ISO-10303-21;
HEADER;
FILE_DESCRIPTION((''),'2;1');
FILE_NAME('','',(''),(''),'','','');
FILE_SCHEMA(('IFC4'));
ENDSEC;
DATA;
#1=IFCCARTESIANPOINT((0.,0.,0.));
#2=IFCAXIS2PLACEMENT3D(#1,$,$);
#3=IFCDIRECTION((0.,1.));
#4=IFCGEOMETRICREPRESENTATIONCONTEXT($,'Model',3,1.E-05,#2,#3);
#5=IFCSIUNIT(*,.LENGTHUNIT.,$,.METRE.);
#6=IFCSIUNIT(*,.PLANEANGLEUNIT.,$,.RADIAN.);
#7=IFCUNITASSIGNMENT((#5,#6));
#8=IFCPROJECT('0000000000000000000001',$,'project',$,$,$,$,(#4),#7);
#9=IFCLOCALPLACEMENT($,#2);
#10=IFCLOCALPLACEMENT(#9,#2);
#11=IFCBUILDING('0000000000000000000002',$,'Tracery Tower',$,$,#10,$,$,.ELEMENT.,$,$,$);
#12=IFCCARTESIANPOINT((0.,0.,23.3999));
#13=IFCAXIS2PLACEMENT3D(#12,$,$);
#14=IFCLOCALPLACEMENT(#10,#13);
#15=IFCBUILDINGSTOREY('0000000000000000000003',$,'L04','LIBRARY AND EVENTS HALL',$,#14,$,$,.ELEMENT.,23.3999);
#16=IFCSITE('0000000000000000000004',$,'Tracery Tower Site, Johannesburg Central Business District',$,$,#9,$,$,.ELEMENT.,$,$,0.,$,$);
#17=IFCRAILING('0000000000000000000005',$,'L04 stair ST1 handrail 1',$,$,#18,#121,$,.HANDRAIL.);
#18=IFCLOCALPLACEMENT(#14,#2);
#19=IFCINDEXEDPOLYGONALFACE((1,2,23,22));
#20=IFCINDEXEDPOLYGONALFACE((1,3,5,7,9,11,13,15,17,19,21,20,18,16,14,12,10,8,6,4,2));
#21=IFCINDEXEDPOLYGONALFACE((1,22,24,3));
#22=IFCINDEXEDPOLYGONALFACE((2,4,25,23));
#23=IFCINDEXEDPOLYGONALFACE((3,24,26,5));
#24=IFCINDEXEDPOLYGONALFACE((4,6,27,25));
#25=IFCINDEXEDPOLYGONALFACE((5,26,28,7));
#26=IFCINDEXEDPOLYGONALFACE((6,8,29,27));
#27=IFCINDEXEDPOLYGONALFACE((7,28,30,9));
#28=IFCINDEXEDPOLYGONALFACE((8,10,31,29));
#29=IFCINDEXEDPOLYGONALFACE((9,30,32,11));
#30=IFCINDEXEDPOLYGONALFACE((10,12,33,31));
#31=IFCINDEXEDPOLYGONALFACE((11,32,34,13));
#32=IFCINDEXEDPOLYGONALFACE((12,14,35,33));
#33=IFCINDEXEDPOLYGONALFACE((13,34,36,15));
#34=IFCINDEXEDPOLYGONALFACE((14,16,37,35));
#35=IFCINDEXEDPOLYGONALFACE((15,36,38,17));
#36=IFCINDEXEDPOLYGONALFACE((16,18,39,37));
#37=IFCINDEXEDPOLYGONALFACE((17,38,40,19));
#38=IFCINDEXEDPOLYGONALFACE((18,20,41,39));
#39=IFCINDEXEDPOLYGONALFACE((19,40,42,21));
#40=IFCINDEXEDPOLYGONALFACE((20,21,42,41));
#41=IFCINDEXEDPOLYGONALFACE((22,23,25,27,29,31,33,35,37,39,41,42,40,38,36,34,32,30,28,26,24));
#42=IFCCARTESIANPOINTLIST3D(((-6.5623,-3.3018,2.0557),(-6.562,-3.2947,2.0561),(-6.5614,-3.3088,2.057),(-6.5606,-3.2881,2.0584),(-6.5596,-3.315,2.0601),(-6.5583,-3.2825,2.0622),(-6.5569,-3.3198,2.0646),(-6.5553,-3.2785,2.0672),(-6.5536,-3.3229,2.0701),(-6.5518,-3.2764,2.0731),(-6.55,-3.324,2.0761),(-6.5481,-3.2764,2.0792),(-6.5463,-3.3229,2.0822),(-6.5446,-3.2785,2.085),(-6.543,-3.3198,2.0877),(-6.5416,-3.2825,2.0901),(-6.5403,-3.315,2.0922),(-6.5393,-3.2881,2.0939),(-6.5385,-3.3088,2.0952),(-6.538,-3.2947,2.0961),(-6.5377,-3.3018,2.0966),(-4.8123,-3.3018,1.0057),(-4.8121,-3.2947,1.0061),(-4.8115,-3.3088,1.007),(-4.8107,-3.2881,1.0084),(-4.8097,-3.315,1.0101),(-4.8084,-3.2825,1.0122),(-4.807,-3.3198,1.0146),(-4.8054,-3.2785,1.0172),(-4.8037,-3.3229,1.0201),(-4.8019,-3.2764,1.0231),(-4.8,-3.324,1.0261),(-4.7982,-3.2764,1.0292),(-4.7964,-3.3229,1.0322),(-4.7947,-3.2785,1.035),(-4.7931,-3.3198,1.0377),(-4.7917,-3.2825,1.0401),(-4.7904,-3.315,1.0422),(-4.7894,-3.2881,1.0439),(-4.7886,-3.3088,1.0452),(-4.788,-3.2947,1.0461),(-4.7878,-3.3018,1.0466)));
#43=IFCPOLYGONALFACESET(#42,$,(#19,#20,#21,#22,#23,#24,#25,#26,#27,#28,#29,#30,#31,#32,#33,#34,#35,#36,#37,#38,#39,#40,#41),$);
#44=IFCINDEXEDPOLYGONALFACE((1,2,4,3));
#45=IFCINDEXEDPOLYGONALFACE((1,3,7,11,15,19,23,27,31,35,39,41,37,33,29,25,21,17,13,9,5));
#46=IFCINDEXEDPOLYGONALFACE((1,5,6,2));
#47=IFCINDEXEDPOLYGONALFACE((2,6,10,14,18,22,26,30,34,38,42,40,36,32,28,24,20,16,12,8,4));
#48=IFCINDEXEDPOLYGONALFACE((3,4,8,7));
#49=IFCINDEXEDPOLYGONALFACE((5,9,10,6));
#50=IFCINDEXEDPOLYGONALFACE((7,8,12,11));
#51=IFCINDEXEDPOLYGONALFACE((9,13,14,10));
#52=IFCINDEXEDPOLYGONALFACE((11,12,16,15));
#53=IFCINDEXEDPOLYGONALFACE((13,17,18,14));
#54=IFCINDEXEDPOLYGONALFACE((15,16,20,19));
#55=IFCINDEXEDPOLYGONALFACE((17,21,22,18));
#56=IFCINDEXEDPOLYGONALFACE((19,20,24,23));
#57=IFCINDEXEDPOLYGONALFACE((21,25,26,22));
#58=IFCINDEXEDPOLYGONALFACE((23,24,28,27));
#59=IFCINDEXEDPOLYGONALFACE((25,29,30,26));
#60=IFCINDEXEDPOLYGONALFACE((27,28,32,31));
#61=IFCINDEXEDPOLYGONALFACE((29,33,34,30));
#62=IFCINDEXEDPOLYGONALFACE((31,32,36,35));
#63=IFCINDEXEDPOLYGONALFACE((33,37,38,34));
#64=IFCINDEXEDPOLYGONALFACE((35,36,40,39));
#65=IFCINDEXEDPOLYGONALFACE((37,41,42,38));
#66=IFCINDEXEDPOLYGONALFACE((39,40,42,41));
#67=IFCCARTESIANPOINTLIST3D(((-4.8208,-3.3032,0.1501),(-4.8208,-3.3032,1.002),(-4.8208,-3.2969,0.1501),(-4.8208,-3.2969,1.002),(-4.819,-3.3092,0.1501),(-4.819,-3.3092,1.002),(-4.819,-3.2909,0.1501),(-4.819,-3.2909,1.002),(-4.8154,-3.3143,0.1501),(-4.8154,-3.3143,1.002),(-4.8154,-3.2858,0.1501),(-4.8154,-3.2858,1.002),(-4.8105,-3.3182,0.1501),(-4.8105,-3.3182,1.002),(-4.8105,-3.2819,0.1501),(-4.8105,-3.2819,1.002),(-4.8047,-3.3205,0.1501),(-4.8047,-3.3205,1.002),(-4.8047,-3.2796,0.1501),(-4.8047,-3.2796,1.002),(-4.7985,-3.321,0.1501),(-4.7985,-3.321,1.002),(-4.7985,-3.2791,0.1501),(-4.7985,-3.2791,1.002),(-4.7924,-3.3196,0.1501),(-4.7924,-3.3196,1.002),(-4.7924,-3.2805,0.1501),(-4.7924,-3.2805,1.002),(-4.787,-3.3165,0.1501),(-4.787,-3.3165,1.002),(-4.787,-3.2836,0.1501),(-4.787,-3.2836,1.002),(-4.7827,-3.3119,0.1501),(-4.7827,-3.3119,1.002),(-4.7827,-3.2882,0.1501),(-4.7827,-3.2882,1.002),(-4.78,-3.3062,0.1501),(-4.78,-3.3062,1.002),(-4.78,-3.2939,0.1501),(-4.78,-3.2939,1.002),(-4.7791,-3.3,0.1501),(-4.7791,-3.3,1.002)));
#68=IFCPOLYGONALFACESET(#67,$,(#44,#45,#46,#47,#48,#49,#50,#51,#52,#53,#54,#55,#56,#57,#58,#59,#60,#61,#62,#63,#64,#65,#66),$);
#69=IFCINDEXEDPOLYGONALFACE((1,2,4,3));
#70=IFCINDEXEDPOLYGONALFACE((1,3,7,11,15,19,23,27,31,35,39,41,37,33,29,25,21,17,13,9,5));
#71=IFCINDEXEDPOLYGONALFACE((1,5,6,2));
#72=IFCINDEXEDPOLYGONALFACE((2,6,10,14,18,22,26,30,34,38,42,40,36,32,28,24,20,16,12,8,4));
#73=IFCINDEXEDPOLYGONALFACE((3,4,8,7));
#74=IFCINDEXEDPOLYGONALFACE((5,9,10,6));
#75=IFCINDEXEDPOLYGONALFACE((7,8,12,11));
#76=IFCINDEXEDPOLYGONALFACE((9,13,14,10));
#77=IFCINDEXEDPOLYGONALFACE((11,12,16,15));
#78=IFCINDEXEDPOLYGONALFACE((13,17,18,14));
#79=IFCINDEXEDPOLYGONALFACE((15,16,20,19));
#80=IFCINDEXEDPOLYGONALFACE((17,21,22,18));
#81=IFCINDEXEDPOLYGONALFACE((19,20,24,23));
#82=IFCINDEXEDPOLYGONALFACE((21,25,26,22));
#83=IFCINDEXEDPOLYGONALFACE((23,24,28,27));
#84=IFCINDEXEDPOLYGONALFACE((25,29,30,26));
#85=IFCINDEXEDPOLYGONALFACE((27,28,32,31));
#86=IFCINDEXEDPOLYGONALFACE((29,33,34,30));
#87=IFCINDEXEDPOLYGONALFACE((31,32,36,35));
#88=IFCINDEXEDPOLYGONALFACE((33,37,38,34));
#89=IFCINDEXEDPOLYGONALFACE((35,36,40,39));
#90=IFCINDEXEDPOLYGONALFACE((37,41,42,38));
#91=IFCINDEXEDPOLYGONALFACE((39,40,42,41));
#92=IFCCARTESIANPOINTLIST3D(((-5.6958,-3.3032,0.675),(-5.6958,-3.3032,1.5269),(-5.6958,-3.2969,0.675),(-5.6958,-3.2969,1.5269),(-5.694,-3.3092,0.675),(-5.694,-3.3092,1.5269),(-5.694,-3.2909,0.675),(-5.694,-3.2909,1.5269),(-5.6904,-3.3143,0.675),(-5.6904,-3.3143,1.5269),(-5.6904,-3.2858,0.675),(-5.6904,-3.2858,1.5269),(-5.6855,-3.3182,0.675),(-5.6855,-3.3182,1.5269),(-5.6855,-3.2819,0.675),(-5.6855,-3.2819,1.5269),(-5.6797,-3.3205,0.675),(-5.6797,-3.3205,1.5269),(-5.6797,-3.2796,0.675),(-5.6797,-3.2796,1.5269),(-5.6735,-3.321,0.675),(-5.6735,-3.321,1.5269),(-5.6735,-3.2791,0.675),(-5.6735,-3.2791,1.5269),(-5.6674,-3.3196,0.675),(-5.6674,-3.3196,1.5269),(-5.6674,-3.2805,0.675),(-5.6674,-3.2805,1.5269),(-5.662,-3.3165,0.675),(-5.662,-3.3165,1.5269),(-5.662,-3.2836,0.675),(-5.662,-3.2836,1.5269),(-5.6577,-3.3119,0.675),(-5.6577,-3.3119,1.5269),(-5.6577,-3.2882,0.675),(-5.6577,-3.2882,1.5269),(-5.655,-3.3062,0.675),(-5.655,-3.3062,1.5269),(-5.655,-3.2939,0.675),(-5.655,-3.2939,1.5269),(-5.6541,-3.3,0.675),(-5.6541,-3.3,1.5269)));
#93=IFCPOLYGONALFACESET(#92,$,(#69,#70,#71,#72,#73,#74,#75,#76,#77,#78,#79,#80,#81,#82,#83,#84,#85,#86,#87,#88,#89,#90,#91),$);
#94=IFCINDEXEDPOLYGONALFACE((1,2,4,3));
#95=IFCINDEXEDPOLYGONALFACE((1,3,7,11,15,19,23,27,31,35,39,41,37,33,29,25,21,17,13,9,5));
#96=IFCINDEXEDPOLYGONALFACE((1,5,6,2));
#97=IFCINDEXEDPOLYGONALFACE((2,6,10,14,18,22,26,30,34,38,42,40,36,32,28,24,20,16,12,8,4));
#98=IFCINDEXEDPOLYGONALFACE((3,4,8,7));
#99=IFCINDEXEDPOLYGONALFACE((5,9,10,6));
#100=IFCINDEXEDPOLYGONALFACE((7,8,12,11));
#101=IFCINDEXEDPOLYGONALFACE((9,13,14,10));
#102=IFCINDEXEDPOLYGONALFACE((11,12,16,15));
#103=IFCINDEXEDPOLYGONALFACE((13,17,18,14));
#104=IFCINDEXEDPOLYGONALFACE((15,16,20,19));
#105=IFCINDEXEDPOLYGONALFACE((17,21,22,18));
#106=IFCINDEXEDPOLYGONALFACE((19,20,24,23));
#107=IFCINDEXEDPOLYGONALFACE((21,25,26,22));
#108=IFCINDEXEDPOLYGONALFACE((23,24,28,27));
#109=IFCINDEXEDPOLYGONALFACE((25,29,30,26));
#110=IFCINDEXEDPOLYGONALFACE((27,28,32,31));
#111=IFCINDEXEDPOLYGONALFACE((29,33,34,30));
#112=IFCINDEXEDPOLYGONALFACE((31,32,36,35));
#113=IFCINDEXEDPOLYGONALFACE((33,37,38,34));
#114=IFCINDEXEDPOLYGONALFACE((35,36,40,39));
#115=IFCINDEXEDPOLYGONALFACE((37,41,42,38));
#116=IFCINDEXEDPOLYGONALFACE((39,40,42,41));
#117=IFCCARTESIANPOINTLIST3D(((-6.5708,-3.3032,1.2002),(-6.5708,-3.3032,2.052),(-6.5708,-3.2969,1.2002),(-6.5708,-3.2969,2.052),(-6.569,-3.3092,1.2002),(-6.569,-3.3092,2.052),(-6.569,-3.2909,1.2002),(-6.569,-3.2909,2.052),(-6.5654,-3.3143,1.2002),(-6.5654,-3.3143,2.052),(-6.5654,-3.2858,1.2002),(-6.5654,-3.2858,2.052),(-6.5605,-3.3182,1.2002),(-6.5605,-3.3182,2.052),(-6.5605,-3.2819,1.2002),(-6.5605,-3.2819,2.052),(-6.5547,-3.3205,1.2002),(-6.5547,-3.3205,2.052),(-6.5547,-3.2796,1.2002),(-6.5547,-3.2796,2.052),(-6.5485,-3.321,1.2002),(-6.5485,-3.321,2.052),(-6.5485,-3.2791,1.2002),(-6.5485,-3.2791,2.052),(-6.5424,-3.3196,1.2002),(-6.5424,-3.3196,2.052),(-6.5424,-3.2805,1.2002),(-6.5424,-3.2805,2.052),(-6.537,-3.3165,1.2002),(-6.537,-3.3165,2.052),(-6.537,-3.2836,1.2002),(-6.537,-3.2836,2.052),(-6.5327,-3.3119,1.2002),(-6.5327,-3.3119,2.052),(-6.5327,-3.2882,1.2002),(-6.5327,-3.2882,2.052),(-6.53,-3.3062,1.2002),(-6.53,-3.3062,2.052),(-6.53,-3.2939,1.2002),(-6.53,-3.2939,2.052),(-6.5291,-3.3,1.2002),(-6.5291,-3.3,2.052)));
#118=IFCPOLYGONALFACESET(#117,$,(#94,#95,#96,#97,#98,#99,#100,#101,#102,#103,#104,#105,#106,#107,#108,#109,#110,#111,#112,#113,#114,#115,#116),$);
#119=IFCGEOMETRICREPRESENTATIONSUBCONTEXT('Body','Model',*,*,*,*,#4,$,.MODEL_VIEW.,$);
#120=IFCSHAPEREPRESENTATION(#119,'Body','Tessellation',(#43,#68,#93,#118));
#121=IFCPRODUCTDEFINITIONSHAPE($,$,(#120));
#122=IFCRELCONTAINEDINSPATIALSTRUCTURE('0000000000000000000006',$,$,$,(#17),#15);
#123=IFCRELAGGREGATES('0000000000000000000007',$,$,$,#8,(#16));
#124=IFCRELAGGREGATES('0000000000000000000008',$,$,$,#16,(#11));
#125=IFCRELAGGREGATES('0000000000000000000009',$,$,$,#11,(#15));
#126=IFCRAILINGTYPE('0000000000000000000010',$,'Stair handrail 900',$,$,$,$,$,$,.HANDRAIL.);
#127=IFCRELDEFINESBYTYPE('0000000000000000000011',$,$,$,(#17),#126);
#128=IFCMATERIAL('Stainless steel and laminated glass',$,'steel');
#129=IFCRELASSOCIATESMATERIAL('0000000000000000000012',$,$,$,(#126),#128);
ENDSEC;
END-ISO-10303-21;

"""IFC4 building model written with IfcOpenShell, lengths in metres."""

from ifc_helpers import new_model, si_unit, direction, frame, origin, origin_2d, place, context, subcontext, project, spatial, circle, extrude, material, type_object, element, save


model = new_model("IFC4")

# Units and contexts
model_context = context("Model", 3, precision=1e-05, world=origin(), true_north=direction((0.0, 1.0)))
body_context = subcontext(model_context, "Body", "Model", "MODEL_VIEW")
ifc_project = project(units=[si_unit("LENGTHUNIT", "METRE"), si_unit("PLANEANGLEUNIT", "RADIAN")], contexts=[model_context])

# Site, building, storey
site_placement = place(None, origin())
site = spatial("IfcSite", under=ifc_project, at=site_placement, Name="Tracery Tower Site, Johannesburg Central Business District", CompositionType="ELEMENT", RefElevation=0.0)
building_placement = place(site_placement, origin())
building = spatial("IfcBuilding", under=site, at=building_placement, Name="Tracery Tower", CompositionType="ELEMENT")
storey_placement = place(building_placement, frame((0.0, 0.0, 23.3999)))
storey = spatial("IfcBuildingStorey", under=building, at=storey_placement, Name="L04", Description="LIBRARY AND EVENTS HALL", CompositionType="ELEMENT", Elevation=23.3999)

# Railing
ifc_material_1 = material(Name="Stainless steel and laminated glass", Category="steel")
railing_type_1 = type_object("IfcRailingType", Name="Stair handrail 900", PredefinedType="HANDRAIL", material=ifc_material_1)
railing_1_placement = place(storey_placement, frame((-4.8, -3.3, 0.1501)))
element("IfcRailing", 1, at=railing_1_placement, inside=storey, type_object=railing_type_1, Name="L04 stair ST1 handrail 1", PredefinedType="HANDRAIL", context=body_context, shape_type="SweptSolid", body=[
    extrude(circle(Radius=0.0239, at=origin_2d()), frame((0.0, 0.0, 0.876), z_axis=(-0.857482, 0.0, 0.514513), x_axis=(0.0, -1.0, 0.0)), (0.0, 0.0, 1.0), 2.0408),
    extrude(circle(Radius=0.021, at=origin_2d()), origin(), (0.0, 0.0, 1.0), 0.8518),
    extrude(circle(Radius=0.021, at=origin_2d()), frame((-0.875, 0.0, 0.5249)), (0.0, 0.0, 1.0), 0.8518),
    extrude(circle(Radius=0.021, at=origin_2d()), frame((-1.75, 0.0, 1.05)), (0.0, 0.0, 1.0), 0.8518),
])

save(model, "model.ifc")
